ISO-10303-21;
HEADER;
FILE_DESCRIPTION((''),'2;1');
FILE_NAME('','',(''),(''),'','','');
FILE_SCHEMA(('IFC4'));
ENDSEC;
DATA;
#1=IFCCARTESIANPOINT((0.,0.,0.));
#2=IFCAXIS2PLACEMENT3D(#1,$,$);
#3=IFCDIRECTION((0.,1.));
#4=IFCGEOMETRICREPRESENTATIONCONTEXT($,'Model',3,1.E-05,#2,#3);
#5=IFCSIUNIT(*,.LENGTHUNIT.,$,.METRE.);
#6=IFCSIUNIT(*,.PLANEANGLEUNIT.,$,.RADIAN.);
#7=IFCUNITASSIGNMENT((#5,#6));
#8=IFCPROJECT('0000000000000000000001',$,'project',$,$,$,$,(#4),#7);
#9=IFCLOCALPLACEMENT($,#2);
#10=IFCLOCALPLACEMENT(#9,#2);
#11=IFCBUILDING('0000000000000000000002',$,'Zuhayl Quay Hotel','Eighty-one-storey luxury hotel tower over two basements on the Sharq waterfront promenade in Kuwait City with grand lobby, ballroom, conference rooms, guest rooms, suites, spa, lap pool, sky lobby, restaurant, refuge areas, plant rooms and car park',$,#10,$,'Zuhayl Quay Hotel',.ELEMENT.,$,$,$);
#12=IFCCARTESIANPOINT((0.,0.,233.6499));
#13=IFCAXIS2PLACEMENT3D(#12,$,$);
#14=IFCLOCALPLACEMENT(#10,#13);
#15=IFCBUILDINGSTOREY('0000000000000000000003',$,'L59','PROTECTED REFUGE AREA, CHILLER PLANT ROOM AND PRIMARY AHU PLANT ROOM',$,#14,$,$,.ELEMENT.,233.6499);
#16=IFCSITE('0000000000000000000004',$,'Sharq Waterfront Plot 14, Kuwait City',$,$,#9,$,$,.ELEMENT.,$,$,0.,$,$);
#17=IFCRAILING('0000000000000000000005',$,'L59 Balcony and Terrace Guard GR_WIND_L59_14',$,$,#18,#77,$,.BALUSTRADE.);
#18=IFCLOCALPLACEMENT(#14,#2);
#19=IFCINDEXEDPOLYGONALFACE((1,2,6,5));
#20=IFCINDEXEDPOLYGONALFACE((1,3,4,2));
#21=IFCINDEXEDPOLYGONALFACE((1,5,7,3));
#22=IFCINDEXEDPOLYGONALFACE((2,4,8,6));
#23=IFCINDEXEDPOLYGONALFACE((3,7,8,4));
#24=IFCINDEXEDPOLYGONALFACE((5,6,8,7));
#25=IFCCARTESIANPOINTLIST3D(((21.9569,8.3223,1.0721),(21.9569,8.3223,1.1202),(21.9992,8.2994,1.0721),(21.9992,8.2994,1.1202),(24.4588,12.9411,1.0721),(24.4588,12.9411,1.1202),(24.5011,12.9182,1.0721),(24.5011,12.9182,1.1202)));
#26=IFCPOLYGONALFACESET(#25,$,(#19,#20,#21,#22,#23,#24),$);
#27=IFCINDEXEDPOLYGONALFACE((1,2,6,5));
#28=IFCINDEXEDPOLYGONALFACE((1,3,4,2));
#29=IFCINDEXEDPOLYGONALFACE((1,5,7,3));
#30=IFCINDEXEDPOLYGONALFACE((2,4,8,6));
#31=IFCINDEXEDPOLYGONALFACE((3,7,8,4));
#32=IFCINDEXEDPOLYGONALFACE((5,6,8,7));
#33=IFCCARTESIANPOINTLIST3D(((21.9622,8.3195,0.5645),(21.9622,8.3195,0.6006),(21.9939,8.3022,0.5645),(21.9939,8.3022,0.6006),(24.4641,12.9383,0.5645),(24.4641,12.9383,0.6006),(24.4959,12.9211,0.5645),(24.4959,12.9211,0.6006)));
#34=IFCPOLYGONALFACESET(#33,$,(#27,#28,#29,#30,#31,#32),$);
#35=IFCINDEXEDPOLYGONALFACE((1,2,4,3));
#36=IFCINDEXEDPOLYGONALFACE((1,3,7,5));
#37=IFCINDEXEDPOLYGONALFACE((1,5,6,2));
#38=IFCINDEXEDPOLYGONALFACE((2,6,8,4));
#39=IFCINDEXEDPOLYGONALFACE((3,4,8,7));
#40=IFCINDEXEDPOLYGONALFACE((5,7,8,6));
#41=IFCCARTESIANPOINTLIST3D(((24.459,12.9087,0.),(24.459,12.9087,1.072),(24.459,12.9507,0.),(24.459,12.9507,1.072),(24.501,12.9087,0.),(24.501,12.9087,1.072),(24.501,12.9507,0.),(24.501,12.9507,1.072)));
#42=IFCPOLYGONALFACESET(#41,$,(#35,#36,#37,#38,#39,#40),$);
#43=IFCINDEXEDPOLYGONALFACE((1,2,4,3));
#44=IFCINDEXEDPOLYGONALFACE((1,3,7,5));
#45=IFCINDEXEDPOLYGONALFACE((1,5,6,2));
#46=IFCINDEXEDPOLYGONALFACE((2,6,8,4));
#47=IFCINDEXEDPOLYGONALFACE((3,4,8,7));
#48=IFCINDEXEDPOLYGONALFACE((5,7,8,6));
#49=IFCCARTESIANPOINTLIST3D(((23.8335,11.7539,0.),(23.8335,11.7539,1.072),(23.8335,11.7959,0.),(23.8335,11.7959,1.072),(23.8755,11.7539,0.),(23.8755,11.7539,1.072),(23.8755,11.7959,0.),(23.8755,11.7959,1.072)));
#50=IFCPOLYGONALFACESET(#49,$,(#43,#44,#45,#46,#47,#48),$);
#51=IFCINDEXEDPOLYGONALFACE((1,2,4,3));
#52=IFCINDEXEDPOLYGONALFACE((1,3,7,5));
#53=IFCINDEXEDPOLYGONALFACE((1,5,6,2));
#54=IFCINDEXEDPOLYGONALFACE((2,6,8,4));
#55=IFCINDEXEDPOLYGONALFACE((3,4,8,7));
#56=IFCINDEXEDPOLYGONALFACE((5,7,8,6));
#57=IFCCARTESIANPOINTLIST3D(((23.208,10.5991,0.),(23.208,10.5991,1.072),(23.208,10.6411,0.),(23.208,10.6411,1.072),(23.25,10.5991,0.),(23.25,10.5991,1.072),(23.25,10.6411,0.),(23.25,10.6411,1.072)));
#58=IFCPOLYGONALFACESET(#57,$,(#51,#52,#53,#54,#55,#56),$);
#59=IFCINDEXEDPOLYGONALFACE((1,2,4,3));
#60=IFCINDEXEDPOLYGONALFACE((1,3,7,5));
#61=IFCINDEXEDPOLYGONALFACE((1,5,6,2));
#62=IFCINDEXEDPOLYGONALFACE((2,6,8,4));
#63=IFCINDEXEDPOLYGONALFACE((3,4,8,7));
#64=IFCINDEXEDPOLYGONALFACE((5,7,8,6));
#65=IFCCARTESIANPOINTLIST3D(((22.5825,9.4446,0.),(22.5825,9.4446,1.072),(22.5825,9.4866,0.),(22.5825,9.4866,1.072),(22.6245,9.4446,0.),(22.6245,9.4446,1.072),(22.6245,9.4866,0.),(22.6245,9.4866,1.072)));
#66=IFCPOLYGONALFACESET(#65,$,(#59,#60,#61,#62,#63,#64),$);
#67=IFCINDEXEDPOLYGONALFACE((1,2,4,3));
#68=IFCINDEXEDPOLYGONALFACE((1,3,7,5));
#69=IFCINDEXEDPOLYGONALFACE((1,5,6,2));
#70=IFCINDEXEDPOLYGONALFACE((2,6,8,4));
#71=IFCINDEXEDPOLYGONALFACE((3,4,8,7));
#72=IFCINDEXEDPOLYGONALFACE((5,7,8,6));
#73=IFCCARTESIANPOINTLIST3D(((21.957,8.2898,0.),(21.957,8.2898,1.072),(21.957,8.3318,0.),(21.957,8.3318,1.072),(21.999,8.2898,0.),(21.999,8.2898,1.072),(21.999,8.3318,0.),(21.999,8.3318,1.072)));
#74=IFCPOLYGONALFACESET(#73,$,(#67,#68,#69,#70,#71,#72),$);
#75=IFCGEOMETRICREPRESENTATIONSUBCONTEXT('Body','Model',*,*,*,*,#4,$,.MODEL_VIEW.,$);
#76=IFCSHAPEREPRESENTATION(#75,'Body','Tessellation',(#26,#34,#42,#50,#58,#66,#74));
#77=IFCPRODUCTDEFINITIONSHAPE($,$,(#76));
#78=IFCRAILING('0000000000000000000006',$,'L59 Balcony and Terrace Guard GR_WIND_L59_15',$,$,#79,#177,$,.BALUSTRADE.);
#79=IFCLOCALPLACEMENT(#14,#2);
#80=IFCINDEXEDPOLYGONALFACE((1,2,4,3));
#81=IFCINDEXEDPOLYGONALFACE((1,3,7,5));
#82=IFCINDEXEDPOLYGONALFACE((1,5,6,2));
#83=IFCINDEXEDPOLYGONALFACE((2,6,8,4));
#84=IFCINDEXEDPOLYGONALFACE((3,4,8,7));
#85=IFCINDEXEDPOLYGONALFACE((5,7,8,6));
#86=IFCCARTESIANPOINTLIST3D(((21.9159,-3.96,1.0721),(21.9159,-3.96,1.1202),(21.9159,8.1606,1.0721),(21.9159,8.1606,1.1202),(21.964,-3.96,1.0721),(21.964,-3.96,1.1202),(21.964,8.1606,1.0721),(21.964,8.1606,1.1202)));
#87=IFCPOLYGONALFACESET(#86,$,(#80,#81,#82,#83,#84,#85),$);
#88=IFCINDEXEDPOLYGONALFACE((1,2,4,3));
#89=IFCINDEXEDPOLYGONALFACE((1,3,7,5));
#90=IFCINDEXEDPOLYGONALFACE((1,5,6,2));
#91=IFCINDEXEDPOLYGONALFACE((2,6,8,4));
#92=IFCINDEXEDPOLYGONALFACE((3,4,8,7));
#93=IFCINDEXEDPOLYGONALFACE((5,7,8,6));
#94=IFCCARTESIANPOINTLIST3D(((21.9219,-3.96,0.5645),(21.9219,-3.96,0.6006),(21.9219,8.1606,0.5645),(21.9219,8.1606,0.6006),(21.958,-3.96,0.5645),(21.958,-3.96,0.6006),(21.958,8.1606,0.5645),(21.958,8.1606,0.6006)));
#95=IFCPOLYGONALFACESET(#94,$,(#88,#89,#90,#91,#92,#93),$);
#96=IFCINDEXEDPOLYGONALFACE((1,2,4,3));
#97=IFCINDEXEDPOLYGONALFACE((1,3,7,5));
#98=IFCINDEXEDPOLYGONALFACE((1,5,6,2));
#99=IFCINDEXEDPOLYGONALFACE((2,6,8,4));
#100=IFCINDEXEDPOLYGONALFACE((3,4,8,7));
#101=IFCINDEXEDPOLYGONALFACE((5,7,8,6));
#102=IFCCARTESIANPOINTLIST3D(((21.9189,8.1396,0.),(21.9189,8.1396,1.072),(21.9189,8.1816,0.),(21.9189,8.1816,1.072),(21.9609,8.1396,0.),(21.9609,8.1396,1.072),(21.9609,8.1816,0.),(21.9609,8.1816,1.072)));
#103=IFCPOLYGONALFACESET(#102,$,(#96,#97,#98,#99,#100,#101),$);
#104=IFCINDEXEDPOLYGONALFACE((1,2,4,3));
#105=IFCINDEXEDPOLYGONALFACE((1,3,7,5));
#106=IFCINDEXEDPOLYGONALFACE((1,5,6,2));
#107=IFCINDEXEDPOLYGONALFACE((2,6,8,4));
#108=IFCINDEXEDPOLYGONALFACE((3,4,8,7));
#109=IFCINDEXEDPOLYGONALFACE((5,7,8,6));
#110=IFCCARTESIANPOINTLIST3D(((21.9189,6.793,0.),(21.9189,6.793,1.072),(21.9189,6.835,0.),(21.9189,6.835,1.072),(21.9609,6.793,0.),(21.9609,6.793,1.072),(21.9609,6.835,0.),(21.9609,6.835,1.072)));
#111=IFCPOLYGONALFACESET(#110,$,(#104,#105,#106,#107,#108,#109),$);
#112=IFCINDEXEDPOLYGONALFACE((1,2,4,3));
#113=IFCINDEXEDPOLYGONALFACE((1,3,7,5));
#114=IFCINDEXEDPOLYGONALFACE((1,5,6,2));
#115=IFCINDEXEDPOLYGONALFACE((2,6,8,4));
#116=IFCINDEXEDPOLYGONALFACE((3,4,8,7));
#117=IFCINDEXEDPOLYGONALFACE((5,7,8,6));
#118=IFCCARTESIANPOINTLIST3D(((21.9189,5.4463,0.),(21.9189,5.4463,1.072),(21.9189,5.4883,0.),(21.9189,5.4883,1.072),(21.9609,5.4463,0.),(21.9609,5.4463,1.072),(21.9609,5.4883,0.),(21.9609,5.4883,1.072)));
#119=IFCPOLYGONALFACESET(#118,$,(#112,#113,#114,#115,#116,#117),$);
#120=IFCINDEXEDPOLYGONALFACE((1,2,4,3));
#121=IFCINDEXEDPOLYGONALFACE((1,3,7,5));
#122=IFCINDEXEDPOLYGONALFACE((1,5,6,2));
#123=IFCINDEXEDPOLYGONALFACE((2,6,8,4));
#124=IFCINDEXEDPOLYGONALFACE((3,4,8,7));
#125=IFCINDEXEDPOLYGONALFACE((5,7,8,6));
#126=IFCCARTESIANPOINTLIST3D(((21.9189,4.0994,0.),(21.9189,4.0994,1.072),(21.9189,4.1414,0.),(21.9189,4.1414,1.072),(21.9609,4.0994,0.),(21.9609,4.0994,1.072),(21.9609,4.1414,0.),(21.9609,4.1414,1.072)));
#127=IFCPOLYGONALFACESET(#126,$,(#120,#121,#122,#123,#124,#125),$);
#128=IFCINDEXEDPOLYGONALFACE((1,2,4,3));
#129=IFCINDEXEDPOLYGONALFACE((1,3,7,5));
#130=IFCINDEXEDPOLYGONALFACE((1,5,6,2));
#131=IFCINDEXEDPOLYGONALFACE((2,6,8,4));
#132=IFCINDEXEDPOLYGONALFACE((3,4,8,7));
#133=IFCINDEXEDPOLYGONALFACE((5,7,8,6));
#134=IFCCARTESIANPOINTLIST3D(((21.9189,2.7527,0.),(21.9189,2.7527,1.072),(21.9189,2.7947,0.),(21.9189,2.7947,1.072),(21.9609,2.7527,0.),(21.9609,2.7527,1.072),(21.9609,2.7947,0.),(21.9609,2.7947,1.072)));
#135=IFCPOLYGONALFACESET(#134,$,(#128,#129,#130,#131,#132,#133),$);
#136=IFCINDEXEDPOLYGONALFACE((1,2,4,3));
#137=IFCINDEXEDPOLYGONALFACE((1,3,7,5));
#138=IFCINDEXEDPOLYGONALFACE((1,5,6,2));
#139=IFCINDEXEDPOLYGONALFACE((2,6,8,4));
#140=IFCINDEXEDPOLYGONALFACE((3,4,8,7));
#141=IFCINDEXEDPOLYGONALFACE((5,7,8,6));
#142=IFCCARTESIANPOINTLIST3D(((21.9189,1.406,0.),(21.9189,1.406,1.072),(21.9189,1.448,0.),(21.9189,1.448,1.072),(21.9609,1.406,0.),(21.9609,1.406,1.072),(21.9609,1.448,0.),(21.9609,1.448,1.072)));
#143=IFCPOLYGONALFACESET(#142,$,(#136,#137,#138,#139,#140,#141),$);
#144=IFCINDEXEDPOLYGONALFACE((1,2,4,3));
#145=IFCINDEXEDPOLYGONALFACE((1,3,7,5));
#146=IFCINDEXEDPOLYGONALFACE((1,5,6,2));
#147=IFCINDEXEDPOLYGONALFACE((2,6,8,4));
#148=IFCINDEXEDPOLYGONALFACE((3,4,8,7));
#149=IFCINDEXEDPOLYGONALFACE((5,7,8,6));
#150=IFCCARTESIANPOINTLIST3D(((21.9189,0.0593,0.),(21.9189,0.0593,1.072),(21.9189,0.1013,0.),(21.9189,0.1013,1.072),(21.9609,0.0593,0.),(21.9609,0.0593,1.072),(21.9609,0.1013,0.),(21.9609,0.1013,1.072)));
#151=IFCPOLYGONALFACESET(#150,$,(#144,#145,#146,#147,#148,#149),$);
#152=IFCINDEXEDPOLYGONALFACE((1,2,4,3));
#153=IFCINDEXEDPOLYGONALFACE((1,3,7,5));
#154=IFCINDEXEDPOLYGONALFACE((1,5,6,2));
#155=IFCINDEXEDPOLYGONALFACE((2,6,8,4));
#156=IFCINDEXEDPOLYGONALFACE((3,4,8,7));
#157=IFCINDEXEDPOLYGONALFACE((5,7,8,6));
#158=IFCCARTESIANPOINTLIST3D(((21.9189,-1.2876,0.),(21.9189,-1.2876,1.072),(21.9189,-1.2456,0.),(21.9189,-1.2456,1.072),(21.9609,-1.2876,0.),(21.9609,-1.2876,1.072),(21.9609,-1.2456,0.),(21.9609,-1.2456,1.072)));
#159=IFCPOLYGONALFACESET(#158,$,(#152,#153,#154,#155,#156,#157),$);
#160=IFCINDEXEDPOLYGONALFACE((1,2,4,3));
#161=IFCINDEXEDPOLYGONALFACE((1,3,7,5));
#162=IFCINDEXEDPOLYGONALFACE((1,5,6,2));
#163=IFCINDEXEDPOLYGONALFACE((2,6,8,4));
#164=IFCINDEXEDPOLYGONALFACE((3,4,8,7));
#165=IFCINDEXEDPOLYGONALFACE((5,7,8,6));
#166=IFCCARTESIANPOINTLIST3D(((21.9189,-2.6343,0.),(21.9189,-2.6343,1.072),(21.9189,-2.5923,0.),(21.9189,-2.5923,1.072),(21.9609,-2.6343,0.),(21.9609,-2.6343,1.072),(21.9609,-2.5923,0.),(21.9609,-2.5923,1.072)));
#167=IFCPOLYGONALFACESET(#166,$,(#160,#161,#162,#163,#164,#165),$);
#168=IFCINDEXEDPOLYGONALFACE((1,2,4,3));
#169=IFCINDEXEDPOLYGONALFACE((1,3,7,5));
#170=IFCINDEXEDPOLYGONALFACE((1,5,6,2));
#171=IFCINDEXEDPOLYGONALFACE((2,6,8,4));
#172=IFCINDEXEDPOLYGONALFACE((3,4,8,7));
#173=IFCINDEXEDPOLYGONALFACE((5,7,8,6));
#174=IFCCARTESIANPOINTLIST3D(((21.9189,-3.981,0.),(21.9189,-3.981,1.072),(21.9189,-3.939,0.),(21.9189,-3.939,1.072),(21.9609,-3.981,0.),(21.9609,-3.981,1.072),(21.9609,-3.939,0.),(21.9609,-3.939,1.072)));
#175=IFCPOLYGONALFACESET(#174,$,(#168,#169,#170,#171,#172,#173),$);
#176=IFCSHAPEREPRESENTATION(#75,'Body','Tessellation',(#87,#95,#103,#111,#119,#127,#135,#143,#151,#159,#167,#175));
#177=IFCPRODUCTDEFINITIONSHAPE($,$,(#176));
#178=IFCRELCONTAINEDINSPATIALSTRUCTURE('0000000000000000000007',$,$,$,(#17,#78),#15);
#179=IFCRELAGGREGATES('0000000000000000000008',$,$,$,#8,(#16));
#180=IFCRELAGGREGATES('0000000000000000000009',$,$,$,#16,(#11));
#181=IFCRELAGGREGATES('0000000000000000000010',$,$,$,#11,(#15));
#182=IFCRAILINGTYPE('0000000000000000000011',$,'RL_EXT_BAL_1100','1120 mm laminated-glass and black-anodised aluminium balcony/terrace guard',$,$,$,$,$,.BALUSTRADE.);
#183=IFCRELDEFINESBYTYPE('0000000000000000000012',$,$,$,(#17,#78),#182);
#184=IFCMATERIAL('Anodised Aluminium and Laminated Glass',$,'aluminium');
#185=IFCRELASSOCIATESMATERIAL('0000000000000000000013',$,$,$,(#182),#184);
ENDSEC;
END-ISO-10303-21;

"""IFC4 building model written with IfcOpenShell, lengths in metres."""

from ifc_helpers import new_model, si_unit, direction, frame, origin, origin_2d, place, context, subcontext, project, spatial, rectangle, extrude, material, type_object, element, save


model = new_model("IFC4")

# Units and contexts
model_context = context("Model", 3, precision=1e-05, world=origin(), true_north=direction((0.0, 1.0)))
body_context = subcontext(model_context, "Body", "Model", "MODEL_VIEW")
ifc_project = project(units=[si_unit("LENGTHUNIT", "METRE"), si_unit("PLANEANGLEUNIT", "RADIAN")], contexts=[model_context])

# Site, building, storey
site_placement = place(None, origin())
site = spatial("IfcSite", under=ifc_project, at=site_placement, Name="Sharq Waterfront Plot 14, Kuwait City", CompositionType="ELEMENT", RefElevation=0.0)
building_placement = place(site_placement, origin())
building = spatial("IfcBuilding", under=site, at=building_placement, Name="Zuhayl Quay Hotel", Description="Eighty-one-storey luxury hotel tower over two basements on the Sharq waterfront promenade in Kuwait City with grand lobby, ballroom, conference rooms, guest rooms, suites, spa, lap pool, sky lobby, restaurant, refuge areas, plant rooms and car park", LongName="Zuhayl Quay Hotel", CompositionType="ELEMENT")
storey_placement = place(building_placement, frame((0.0, 0.0, 233.6499)))
storey = spatial("IfcBuildingStorey", under=building, at=storey_placement, Name="L59", Description="PROTECTED REFUGE AREA, CHILLER PLANT ROOM AND PRIMARY AHU PLANT ROOM", CompositionType="ELEMENT", Elevation=233.6499)

# Railings
ifc_material_1 = material(Name="Anodised Aluminium and Laminated Glass", Category="aluminium")
railing_type_1 = type_object("IfcRailingType", Name="RL_EXT_BAL_1100", Description="1120 mm laminated-glass and black-anodised aluminium balcony/terrace guard", PredefinedType="BALUSTRADE", material=ifc_material_1)
railing_1_placement = place(storey_placement, frame((24.48, 12.9297, 0.0)))
element("IfcRailing", 1, at=railing_1_placement, inside=storey, type_object=railing_type_1, Name="L59 Balcony and Terrace Guard GR_WIND_L59_14", PredefinedType="BALUSTRADE", context=body_context, shape_type="SweptSolid", body=[
    extrude(rectangle(XDim=0.0481, YDim=0.0481, at=origin_2d()), frame((0.0, 0.0, 1.0962), z_axis=(-0.476291, -0.879288, 0.0), x_axis=(0.879288, -0.476291, 0.0)), (0.0, 0.0, 1.0), 5.2529),
    extrude(rectangle(XDim=0.0361, YDim=0.0361, at=origin_2d()), frame((0.0, 0.0, 0.5825), z_axis=(-0.476291, -0.879288, 0.0), x_axis=(0.879288, -0.476291, 0.0)), (0.0, 0.0, 1.0), 5.2529),
    extrude(rectangle(XDim=0.042, YDim=0.042, at=origin_2d()), origin(), (0.0, 0.0, 1.0), 1.072),
    extrude(rectangle(XDim=0.042, YDim=0.042, at=origin_2d()), frame((-0.6255, -1.1548, 0.0)), (0.0, 0.0, 1.0), 1.072),
    extrude(rectangle(XDim=0.042, YDim=0.042, at=origin_2d()), frame((-1.251, -2.3096, 0.0)), (0.0, 0.0, 1.0), 1.072),
    extrude(rectangle(XDim=0.042, YDim=0.042, at=origin_2d()), frame((-1.8765, -3.4641, 0.0)), (0.0, 0.0, 1.0), 1.072),
    extrude(rectangle(XDim=0.042, YDim=0.042, at=origin_2d()), frame((-2.502, -4.6189, 0.0)), (0.0, 0.0, 1.0), 1.072),
])
railing_2_placement = place(storey_placement, frame((21.9399, 8.1606, 0.0)))
element("IfcRailing", 2, at=railing_2_placement, inside=storey, type_object=railing_type_1, Name="L59 Balcony and Terrace Guard GR_WIND_L59_15", PredefinedType="BALUSTRADE", context=body_context, shape_type="SweptSolid", body=[
    extrude(rectangle(XDim=0.0481, YDim=0.0481, at=origin_2d()), frame((0.0, 0.0, 1.0962), z_axis=(0.0, -1.0, 0.0), x_axis=(1.0, 0.0, 0.0)), (0.0, 0.0, 1.0), 12.1206),
    extrude(rectangle(XDim=0.0361, YDim=0.0361, at=origin_2d()), frame((0.0, 0.0, 0.5825), z_axis=(0.0, -1.0, 0.0), x_axis=(1.0, 0.0, 0.0)), (0.0, 0.0, 1.0), 12.1206),
    extrude(rectangle(XDim=0.042, YDim=0.042, at=origin_2d()), origin(), (0.0, 0.0, 1.0), 1.072),
    extrude(rectangle(XDim=0.042, YDim=0.042, at=origin_2d()), frame((0.0, -1.3467, 0.0)), (0.0, 0.0, 1.0), 1.072),
    extrude(rectangle(XDim=0.042, YDim=0.042, at=origin_2d()), frame((0.0, -2.6934, 0.0)), (0.0, 0.0, 1.0), 1.072),
    extrude(rectangle(XDim=0.042, YDim=0.042, at=origin_2d()), frame((0.0, -4.0403, 0.0)), (0.0, 0.0, 1.0), 1.072),
    extrude(rectangle(XDim=0.042, YDim=0.042, at=origin_2d()), frame((0.0, -5.387, 0.0)), (0.0, 0.0, 1.0), 1.072),
    extrude(rectangle(XDim=0.042, YDim=0.042, at=origin_2d()), frame((0.0, -6.7336, 0.0)), (0.0, 0.0, 1.0), 1.072),
    extrude(rectangle(XDim=0.042, YDim=0.042, at=origin_2d()), frame((0.0, -8.0803, 0.0)), (0.0, 0.0, 1.0), 1.072),
    extrude(rectangle(XDim=0.042, YDim=0.042, at=origin_2d()), frame((0.0, -9.4272, 0.0)), (0.0, 0.0, 1.0), 1.072),
    extrude(rectangle(XDim=0.042, YDim=0.042, at=origin_2d()), frame((0.0, -10.7739, 0.0)), (0.0, 0.0, 1.0), 1.072),
    extrude(rectangle(XDim=0.042, YDim=0.042, at=origin_2d()), frame((0.0, -12.1206, 0.0)), (0.0, 0.0, 1.0), 1.072),
])

save(model, "model.ifc")
